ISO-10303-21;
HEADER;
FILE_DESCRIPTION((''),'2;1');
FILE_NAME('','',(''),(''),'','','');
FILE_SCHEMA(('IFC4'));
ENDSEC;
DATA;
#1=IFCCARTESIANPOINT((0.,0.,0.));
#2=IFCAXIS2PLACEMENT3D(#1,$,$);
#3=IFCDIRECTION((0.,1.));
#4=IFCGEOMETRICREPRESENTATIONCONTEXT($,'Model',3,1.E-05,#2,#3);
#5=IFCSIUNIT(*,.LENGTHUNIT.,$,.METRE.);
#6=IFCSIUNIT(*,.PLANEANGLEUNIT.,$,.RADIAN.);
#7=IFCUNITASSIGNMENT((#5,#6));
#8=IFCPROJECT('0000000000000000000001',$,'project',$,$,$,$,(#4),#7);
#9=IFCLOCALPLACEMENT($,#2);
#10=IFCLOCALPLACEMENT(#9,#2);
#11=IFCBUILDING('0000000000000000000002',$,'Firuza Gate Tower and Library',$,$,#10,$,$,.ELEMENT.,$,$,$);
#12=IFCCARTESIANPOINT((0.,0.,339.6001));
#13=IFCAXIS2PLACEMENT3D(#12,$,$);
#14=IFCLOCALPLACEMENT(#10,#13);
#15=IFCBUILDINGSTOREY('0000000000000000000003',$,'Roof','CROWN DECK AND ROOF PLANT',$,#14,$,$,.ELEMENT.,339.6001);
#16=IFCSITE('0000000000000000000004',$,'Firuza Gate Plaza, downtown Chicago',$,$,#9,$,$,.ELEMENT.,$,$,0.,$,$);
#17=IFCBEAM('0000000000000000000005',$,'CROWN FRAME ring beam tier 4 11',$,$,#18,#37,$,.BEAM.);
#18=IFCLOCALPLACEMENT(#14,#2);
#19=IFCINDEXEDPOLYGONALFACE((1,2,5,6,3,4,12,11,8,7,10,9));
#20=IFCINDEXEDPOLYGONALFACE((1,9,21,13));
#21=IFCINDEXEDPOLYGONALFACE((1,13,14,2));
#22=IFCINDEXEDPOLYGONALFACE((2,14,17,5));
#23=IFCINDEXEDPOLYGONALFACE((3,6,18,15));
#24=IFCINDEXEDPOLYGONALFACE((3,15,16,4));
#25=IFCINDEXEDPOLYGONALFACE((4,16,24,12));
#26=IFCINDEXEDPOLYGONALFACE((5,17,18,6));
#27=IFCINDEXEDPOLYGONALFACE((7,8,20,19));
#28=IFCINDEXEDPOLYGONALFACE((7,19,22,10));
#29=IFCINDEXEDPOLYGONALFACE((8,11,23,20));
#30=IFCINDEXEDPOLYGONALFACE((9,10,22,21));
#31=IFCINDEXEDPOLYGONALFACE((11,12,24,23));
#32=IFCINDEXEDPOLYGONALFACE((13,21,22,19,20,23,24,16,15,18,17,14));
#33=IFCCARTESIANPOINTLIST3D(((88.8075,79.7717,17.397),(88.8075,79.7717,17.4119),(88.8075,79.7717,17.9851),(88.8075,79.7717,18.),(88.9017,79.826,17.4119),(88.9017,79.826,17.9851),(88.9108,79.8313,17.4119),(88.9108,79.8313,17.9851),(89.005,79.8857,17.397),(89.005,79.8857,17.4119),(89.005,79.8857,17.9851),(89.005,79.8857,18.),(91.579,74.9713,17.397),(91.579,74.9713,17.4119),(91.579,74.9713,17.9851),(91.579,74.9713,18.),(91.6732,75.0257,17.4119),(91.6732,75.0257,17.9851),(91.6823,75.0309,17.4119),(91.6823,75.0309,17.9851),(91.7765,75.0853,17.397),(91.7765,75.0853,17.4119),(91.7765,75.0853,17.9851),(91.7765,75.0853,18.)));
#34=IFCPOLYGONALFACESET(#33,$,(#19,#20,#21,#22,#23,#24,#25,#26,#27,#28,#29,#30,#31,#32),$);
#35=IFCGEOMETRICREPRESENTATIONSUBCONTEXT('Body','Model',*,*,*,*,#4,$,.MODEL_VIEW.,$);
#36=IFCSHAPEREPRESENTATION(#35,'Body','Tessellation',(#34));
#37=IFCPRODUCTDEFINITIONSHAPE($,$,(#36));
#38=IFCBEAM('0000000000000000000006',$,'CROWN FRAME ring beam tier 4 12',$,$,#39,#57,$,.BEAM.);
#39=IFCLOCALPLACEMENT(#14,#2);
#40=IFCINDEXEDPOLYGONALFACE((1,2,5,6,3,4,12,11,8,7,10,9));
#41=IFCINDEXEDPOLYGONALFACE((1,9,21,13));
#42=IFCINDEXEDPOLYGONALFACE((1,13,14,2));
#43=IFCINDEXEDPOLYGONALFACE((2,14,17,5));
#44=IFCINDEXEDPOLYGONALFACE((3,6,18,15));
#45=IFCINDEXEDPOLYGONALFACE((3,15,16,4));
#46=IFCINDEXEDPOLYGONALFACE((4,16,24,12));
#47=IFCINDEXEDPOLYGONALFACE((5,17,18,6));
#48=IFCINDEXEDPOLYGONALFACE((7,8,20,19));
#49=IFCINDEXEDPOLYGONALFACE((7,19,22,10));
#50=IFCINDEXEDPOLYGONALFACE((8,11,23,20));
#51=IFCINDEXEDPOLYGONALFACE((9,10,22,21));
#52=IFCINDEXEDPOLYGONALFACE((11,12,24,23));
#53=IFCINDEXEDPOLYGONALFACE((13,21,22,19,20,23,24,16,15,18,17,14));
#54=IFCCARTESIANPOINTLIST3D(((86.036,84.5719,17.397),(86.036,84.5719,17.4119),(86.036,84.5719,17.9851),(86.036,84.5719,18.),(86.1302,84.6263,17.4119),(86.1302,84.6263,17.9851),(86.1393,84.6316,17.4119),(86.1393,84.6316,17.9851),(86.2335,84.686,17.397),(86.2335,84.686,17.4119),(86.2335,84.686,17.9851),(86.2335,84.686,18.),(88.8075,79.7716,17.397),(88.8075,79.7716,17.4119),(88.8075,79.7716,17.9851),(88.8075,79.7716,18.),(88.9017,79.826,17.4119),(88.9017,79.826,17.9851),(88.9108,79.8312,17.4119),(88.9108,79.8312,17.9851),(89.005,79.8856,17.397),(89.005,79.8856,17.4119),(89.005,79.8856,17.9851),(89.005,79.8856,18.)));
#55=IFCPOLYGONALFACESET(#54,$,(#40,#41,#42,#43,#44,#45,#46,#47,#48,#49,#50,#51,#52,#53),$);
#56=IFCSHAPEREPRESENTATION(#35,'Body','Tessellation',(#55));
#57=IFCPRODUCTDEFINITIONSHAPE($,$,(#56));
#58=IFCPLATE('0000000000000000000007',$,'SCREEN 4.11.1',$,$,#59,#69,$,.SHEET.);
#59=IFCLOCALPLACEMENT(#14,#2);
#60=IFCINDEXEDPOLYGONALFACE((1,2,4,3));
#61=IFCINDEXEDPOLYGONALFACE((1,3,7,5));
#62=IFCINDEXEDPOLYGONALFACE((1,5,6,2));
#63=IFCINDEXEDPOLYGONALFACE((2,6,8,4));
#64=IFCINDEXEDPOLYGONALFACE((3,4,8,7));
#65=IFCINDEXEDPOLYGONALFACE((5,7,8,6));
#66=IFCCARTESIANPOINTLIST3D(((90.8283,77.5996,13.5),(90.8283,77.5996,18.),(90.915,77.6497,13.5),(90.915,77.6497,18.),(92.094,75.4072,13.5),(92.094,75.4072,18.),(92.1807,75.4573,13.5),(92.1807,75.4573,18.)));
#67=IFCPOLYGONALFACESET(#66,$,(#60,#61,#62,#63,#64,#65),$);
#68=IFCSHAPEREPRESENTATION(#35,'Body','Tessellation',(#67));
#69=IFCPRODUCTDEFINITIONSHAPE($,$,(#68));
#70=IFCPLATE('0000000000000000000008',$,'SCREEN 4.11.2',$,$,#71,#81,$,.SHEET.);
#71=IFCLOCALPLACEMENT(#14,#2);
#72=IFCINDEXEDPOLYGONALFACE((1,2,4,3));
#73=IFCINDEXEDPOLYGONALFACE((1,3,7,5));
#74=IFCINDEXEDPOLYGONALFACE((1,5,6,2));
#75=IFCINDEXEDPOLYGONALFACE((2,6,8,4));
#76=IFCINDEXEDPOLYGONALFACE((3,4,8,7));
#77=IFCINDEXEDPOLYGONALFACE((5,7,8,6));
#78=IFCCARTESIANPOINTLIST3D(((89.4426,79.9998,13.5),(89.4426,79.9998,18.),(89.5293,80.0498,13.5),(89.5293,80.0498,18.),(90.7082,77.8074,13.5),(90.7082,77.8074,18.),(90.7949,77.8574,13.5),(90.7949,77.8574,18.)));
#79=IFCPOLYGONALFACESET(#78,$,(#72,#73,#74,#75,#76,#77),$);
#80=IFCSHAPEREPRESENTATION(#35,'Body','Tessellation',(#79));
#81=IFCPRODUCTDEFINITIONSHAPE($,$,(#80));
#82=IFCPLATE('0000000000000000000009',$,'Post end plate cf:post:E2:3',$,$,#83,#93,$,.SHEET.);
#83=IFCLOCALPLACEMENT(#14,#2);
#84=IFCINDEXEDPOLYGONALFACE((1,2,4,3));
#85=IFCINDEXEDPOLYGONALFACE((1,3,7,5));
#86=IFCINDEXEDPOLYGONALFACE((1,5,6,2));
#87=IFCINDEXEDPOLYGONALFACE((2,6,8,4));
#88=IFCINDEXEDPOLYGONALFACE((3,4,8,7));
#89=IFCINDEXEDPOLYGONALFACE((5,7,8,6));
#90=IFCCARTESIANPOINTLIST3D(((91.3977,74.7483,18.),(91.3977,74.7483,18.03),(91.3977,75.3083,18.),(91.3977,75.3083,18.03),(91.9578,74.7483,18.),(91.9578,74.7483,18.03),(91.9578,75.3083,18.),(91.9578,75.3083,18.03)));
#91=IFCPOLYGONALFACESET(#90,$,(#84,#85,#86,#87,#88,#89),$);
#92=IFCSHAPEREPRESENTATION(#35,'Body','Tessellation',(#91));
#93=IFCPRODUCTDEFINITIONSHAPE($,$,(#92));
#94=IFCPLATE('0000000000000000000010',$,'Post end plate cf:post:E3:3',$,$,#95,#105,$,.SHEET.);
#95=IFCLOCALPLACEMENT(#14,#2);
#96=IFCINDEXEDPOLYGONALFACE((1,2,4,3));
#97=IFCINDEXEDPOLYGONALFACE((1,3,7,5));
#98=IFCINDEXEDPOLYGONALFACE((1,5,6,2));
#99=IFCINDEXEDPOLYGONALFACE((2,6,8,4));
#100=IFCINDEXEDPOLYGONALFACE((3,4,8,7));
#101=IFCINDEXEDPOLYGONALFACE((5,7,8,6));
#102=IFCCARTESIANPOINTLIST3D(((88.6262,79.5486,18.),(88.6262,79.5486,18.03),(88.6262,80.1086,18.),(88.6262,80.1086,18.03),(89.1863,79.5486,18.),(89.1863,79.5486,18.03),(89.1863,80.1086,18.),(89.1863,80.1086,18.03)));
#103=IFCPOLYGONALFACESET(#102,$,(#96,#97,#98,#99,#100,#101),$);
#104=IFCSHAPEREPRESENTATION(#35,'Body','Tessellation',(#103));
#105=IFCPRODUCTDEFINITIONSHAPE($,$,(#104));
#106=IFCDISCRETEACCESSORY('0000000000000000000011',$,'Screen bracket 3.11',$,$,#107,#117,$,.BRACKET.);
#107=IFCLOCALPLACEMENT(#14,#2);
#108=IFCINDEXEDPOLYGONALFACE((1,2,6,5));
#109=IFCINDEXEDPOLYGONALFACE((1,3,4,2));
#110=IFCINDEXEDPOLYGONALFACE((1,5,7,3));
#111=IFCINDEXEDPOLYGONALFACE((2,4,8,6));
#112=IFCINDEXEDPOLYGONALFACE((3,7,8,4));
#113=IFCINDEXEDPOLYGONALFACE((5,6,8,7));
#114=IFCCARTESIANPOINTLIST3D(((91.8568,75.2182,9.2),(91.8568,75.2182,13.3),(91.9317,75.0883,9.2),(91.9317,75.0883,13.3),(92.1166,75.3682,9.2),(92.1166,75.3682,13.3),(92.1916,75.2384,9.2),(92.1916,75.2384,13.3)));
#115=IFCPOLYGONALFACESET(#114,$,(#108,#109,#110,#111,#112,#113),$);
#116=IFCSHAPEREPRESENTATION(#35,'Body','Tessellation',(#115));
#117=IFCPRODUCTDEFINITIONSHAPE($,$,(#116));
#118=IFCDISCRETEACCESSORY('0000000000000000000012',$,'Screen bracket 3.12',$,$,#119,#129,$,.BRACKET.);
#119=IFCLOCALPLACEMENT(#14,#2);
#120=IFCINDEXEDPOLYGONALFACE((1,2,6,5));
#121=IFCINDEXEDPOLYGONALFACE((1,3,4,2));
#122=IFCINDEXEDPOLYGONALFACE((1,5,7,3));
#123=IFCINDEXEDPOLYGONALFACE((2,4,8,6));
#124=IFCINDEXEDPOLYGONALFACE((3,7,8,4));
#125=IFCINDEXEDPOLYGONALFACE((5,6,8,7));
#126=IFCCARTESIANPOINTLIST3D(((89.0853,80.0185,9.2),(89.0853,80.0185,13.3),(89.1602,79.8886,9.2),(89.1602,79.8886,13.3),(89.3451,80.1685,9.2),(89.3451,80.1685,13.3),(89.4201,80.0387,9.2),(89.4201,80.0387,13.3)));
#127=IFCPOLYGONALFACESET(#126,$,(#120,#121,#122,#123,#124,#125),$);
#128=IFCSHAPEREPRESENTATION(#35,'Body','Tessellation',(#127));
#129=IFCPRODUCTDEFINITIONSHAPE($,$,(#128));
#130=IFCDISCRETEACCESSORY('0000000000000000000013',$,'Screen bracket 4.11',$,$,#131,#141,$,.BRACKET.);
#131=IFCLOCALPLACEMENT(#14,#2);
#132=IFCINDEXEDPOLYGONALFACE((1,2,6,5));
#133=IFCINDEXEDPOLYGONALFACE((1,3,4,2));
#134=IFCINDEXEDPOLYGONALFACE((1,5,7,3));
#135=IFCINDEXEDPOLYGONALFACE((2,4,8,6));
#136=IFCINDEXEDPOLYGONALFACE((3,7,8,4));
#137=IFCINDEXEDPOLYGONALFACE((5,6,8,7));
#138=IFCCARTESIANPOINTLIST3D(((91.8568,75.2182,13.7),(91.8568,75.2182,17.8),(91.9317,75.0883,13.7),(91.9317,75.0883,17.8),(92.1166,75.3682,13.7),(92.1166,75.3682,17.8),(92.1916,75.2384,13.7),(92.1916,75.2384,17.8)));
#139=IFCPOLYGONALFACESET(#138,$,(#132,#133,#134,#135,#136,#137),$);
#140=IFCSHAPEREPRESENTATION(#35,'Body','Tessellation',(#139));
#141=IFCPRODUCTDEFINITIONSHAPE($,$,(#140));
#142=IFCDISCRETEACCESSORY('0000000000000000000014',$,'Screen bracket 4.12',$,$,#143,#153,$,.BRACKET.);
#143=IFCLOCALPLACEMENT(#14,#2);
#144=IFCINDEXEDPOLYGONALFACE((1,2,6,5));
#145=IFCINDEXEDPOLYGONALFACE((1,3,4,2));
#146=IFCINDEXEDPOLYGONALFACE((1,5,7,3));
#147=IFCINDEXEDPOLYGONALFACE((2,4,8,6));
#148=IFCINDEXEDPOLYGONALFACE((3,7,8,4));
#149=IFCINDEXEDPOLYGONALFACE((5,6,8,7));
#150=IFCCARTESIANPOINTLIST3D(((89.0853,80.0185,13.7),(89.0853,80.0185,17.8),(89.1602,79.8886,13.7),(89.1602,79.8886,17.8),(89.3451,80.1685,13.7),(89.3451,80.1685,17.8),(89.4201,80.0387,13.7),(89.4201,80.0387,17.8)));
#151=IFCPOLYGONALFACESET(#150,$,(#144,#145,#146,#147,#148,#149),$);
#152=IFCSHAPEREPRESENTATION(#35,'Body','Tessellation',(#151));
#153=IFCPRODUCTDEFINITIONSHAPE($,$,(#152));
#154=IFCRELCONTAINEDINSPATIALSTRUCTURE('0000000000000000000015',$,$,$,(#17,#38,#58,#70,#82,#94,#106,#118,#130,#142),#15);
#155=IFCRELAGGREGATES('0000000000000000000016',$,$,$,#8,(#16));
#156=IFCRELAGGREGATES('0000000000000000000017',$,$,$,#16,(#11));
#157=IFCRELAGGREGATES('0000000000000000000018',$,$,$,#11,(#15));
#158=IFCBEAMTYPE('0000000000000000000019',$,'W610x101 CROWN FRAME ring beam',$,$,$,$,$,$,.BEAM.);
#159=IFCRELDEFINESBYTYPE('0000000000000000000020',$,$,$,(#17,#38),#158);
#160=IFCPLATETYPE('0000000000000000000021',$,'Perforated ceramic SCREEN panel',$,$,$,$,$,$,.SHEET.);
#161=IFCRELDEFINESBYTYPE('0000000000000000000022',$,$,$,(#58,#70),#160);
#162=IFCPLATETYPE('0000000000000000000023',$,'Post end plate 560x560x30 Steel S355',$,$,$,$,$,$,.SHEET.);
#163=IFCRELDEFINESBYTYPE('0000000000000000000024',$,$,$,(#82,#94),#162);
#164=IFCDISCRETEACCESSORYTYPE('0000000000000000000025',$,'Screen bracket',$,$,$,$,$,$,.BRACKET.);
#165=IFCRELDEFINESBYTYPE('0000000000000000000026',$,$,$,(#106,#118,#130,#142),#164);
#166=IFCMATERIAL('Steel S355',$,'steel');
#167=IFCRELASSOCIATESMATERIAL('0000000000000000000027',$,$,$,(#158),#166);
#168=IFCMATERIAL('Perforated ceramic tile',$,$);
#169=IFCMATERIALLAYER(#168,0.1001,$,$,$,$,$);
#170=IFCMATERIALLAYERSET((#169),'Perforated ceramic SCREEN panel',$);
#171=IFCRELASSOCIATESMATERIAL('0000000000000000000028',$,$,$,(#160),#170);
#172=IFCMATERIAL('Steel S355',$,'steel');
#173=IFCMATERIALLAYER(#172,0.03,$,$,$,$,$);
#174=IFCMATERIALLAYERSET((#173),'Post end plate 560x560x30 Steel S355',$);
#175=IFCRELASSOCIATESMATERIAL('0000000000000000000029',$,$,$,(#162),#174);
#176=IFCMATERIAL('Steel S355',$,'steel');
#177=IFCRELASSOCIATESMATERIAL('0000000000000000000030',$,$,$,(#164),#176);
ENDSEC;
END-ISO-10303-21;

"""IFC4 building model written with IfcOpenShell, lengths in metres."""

from ifc_helpers import new_model, si_unit, direction, frame, origin, origin_2d, place, context, subcontext, project, spatial, polyline, rectangle, i_section, outline, extrude, material, layer, layer_set, material_profile, profile_set, type_object, element, save


model = new_model("IFC4")

# Units and contexts
model_context = context("Model", 3, precision=1e-05, world=origin(), true_north=direction((0.0, 1.0)))
body_context = subcontext(model_context, "Body", "Model", "MODEL_VIEW")
ifc_project = project(units=[si_unit("LENGTHUNIT", "METRE"), si_unit("PLANEANGLEUNIT", "RADIAN")], contexts=[model_context])

# Site, building, storey
site_placement = place(None, origin())
site = spatial("IfcSite", under=ifc_project, at=site_placement, Name="Firuza Gate Plaza, downtown Chicago", CompositionType="ELEMENT", RefElevation=0.0)
building_placement = place(site_placement, origin())
building = spatial("IfcBuilding", under=site, at=building_placement, Name="Firuza Gate Tower and Library", CompositionType="ELEMENT")
storey_placement = place(building_placement, frame((0.0, 0.0, 339.6001)))
storey = spatial("IfcBuildingStorey", under=building, at=storey_placement, Name="Roof", Description="CROWN DECK AND ROOF PLANT", CompositionType="ELEMENT", Elevation=339.6001)

# Beams
ifc_material_1 = material(Name="Steel S355", Category="steel")
ifc_material_profile_1 = material_profile(ifc_material_1, i_section(OverallWidth=0.228, OverallDepth=0.603, WebThickness=0.0105, FlangeThickness=0.0149, at=origin_2d()))
ifc_profile_set_1 = profile_set([ifc_material_profile_1], Name="Steel S355")
beam_type = type_object("IfcBeamType", Name="W610x101 CROWN FRAME ring beam", PredefinedType="BEAM", material=ifc_profile_set_1)
for number, where, z_axis, x_axis, name in (
    (1, (91.6777, 75.0283, 17.6985), (-0.500005, 0.866023, 0.0), (-0.866023, -0.500005, 0.0), "CROWN FRAME ring beam tier 4 11"),
    (2, (88.9062, 79.8286, 17.6985), (-0.500005, 0.866023, 0.0), (-0.866023, -0.500005, 0.0), "CROWN FRAME ring beam tier 4 12"),
):
    element("IfcBeam", number, at=place(storey_placement, frame(where, z_axis=z_axis, x_axis=x_axis)), inside=storey, type_object=beam_type, Name=name, PredefinedType="BEAM", context=body_context, shape_type="SweptSolid", body=[
        extrude(i_section(OverallWidth=0.228, OverallDepth=0.603, WebThickness=0.0105, FlangeThickness=0.0149, at=origin_2d()), origin(), (0.0, 0.0, 1.0), 5.543),
    ])

# Plates
ifc_material_2 = material(Name="Perforated ceramic tile")
ifc_layer_1 = layer(ifc_material_2, 0.1001)
ifc_layer_set_1 = layer_set([ifc_layer_1], Name="Perforated ceramic SCREEN panel")
plate_type_1 = type_object("IfcPlateType", Name="Perforated ceramic SCREEN panel", PredefinedType="SHEET", material=ifc_layer_set_1)
for number, where, z_axis, x_axis, name in (
    (3, (92.1807, 75.4573, 13.5), (0.866051, 0.499956, 0.0), (-0.499956, 0.866051, 0.0), "SCREEN 4.11.1"),
    (4, (90.7949, 77.8574, 13.5), (0.866051, 0.499956, 0.0), (-0.499956, 0.866051, 0.0), "SCREEN 4.11.2"),
):
    element("IfcPlate", number, at=place(storey_placement, frame(where, z_axis=z_axis, x_axis=x_axis)), inside=storey, type_object=plate_type_1, Name=name, PredefinedType="SHEET", context=body_context, shape_type="SweptSolid", body=[
        extrude(outline(polyline([(0.0, 0.0), (2.5315, 0.0), (2.5315, 4.5), (0.0, 4.5), (0.0, 0.0)])), origin(), (0.0, 0.0, -1.0), 0.1001),
    ])
ifc_material_3 = material(Name="Steel S355", Category="steel")
ifc_layer_2 = layer(ifc_material_3, 0.03)
ifc_layer_set_2 = layer_set([ifc_layer_2], Name="Post end plate 560x560x30 Steel S355")
plate_type_2 = type_object("IfcPlateType", Name="Post end plate 560x560x30 Steel S355", PredefinedType="SHEET", material=ifc_layer_set_2)
for number, where, z_axis, x_axis, name in (
    (5, (91.6777, 75.0283, 18.0), (0.0, 0.0, 1.0), (1.0, 0.0, 0.0), "Post end plate cf:post:E2:3"),
    (6, (88.9062, 79.8286, 18.0), (0.0, 0.0, 1.0), (1.0, 0.0, 0.0), "Post end plate cf:post:E3:3"),
):
    element("IfcPlate", number, at=place(storey_placement, frame(where, z_axis=z_axis, x_axis=x_axis)), inside=storey, type_object=plate_type_2, Name=name, PredefinedType="SHEET", context=body_context, shape_type="SweptSolid", body=[
        extrude(rectangle(XDim=0.5601, YDim=0.5601, at=origin_2d()), origin(), (0.0, 0.0, 1.0), 0.03),
    ])

# Discrete accessories
ifc_material_4 = material(Name="Steel S355", Category="steel")
discrete_accessory_type = type_object("IfcDiscreteAccessoryType", Name="Screen bracket", PredefinedType="BRACKET", material=ifc_material_4)
for number, where, z_axis, x_axis, name in (
    (7, (92.0242, 75.2283, 9.2), (0.0, 0.0, 1.0), (0.866025, 0.5, 0.0), "Screen bracket 3.11"),
    (8, (89.2527, 80.0286, 9.2), (0.0, 0.0, 1.0), (0.866025, 0.5, 0.0), "Screen bracket 3.12"),
    (9, (92.0242, 75.2283, 13.7), (0.0, 0.0, 1.0), (0.866025, 0.5, 0.0), "Screen bracket 4.11"),
    (10, (89.2527, 80.0286, 13.7), (0.0, 0.0, 1.0), (0.866025, 0.5, 0.0), "Screen bracket 4.12"),
):
    element("IfcDiscreteAccessory", number, at=place(storey_placement, frame(where, z_axis=z_axis, x_axis=x_axis)), inside=storey, type_object=discrete_accessory_type, Name=name, PredefinedType="BRACKET", context=body_context, shape_type="SweptSolid", body=[
        extrude(rectangle(XDim=0.3, YDim=0.1499, at=origin_2d()), origin(), (0.0, 0.0, 1.0), 4.1001),
    ])

save(model, "model.ifc")
